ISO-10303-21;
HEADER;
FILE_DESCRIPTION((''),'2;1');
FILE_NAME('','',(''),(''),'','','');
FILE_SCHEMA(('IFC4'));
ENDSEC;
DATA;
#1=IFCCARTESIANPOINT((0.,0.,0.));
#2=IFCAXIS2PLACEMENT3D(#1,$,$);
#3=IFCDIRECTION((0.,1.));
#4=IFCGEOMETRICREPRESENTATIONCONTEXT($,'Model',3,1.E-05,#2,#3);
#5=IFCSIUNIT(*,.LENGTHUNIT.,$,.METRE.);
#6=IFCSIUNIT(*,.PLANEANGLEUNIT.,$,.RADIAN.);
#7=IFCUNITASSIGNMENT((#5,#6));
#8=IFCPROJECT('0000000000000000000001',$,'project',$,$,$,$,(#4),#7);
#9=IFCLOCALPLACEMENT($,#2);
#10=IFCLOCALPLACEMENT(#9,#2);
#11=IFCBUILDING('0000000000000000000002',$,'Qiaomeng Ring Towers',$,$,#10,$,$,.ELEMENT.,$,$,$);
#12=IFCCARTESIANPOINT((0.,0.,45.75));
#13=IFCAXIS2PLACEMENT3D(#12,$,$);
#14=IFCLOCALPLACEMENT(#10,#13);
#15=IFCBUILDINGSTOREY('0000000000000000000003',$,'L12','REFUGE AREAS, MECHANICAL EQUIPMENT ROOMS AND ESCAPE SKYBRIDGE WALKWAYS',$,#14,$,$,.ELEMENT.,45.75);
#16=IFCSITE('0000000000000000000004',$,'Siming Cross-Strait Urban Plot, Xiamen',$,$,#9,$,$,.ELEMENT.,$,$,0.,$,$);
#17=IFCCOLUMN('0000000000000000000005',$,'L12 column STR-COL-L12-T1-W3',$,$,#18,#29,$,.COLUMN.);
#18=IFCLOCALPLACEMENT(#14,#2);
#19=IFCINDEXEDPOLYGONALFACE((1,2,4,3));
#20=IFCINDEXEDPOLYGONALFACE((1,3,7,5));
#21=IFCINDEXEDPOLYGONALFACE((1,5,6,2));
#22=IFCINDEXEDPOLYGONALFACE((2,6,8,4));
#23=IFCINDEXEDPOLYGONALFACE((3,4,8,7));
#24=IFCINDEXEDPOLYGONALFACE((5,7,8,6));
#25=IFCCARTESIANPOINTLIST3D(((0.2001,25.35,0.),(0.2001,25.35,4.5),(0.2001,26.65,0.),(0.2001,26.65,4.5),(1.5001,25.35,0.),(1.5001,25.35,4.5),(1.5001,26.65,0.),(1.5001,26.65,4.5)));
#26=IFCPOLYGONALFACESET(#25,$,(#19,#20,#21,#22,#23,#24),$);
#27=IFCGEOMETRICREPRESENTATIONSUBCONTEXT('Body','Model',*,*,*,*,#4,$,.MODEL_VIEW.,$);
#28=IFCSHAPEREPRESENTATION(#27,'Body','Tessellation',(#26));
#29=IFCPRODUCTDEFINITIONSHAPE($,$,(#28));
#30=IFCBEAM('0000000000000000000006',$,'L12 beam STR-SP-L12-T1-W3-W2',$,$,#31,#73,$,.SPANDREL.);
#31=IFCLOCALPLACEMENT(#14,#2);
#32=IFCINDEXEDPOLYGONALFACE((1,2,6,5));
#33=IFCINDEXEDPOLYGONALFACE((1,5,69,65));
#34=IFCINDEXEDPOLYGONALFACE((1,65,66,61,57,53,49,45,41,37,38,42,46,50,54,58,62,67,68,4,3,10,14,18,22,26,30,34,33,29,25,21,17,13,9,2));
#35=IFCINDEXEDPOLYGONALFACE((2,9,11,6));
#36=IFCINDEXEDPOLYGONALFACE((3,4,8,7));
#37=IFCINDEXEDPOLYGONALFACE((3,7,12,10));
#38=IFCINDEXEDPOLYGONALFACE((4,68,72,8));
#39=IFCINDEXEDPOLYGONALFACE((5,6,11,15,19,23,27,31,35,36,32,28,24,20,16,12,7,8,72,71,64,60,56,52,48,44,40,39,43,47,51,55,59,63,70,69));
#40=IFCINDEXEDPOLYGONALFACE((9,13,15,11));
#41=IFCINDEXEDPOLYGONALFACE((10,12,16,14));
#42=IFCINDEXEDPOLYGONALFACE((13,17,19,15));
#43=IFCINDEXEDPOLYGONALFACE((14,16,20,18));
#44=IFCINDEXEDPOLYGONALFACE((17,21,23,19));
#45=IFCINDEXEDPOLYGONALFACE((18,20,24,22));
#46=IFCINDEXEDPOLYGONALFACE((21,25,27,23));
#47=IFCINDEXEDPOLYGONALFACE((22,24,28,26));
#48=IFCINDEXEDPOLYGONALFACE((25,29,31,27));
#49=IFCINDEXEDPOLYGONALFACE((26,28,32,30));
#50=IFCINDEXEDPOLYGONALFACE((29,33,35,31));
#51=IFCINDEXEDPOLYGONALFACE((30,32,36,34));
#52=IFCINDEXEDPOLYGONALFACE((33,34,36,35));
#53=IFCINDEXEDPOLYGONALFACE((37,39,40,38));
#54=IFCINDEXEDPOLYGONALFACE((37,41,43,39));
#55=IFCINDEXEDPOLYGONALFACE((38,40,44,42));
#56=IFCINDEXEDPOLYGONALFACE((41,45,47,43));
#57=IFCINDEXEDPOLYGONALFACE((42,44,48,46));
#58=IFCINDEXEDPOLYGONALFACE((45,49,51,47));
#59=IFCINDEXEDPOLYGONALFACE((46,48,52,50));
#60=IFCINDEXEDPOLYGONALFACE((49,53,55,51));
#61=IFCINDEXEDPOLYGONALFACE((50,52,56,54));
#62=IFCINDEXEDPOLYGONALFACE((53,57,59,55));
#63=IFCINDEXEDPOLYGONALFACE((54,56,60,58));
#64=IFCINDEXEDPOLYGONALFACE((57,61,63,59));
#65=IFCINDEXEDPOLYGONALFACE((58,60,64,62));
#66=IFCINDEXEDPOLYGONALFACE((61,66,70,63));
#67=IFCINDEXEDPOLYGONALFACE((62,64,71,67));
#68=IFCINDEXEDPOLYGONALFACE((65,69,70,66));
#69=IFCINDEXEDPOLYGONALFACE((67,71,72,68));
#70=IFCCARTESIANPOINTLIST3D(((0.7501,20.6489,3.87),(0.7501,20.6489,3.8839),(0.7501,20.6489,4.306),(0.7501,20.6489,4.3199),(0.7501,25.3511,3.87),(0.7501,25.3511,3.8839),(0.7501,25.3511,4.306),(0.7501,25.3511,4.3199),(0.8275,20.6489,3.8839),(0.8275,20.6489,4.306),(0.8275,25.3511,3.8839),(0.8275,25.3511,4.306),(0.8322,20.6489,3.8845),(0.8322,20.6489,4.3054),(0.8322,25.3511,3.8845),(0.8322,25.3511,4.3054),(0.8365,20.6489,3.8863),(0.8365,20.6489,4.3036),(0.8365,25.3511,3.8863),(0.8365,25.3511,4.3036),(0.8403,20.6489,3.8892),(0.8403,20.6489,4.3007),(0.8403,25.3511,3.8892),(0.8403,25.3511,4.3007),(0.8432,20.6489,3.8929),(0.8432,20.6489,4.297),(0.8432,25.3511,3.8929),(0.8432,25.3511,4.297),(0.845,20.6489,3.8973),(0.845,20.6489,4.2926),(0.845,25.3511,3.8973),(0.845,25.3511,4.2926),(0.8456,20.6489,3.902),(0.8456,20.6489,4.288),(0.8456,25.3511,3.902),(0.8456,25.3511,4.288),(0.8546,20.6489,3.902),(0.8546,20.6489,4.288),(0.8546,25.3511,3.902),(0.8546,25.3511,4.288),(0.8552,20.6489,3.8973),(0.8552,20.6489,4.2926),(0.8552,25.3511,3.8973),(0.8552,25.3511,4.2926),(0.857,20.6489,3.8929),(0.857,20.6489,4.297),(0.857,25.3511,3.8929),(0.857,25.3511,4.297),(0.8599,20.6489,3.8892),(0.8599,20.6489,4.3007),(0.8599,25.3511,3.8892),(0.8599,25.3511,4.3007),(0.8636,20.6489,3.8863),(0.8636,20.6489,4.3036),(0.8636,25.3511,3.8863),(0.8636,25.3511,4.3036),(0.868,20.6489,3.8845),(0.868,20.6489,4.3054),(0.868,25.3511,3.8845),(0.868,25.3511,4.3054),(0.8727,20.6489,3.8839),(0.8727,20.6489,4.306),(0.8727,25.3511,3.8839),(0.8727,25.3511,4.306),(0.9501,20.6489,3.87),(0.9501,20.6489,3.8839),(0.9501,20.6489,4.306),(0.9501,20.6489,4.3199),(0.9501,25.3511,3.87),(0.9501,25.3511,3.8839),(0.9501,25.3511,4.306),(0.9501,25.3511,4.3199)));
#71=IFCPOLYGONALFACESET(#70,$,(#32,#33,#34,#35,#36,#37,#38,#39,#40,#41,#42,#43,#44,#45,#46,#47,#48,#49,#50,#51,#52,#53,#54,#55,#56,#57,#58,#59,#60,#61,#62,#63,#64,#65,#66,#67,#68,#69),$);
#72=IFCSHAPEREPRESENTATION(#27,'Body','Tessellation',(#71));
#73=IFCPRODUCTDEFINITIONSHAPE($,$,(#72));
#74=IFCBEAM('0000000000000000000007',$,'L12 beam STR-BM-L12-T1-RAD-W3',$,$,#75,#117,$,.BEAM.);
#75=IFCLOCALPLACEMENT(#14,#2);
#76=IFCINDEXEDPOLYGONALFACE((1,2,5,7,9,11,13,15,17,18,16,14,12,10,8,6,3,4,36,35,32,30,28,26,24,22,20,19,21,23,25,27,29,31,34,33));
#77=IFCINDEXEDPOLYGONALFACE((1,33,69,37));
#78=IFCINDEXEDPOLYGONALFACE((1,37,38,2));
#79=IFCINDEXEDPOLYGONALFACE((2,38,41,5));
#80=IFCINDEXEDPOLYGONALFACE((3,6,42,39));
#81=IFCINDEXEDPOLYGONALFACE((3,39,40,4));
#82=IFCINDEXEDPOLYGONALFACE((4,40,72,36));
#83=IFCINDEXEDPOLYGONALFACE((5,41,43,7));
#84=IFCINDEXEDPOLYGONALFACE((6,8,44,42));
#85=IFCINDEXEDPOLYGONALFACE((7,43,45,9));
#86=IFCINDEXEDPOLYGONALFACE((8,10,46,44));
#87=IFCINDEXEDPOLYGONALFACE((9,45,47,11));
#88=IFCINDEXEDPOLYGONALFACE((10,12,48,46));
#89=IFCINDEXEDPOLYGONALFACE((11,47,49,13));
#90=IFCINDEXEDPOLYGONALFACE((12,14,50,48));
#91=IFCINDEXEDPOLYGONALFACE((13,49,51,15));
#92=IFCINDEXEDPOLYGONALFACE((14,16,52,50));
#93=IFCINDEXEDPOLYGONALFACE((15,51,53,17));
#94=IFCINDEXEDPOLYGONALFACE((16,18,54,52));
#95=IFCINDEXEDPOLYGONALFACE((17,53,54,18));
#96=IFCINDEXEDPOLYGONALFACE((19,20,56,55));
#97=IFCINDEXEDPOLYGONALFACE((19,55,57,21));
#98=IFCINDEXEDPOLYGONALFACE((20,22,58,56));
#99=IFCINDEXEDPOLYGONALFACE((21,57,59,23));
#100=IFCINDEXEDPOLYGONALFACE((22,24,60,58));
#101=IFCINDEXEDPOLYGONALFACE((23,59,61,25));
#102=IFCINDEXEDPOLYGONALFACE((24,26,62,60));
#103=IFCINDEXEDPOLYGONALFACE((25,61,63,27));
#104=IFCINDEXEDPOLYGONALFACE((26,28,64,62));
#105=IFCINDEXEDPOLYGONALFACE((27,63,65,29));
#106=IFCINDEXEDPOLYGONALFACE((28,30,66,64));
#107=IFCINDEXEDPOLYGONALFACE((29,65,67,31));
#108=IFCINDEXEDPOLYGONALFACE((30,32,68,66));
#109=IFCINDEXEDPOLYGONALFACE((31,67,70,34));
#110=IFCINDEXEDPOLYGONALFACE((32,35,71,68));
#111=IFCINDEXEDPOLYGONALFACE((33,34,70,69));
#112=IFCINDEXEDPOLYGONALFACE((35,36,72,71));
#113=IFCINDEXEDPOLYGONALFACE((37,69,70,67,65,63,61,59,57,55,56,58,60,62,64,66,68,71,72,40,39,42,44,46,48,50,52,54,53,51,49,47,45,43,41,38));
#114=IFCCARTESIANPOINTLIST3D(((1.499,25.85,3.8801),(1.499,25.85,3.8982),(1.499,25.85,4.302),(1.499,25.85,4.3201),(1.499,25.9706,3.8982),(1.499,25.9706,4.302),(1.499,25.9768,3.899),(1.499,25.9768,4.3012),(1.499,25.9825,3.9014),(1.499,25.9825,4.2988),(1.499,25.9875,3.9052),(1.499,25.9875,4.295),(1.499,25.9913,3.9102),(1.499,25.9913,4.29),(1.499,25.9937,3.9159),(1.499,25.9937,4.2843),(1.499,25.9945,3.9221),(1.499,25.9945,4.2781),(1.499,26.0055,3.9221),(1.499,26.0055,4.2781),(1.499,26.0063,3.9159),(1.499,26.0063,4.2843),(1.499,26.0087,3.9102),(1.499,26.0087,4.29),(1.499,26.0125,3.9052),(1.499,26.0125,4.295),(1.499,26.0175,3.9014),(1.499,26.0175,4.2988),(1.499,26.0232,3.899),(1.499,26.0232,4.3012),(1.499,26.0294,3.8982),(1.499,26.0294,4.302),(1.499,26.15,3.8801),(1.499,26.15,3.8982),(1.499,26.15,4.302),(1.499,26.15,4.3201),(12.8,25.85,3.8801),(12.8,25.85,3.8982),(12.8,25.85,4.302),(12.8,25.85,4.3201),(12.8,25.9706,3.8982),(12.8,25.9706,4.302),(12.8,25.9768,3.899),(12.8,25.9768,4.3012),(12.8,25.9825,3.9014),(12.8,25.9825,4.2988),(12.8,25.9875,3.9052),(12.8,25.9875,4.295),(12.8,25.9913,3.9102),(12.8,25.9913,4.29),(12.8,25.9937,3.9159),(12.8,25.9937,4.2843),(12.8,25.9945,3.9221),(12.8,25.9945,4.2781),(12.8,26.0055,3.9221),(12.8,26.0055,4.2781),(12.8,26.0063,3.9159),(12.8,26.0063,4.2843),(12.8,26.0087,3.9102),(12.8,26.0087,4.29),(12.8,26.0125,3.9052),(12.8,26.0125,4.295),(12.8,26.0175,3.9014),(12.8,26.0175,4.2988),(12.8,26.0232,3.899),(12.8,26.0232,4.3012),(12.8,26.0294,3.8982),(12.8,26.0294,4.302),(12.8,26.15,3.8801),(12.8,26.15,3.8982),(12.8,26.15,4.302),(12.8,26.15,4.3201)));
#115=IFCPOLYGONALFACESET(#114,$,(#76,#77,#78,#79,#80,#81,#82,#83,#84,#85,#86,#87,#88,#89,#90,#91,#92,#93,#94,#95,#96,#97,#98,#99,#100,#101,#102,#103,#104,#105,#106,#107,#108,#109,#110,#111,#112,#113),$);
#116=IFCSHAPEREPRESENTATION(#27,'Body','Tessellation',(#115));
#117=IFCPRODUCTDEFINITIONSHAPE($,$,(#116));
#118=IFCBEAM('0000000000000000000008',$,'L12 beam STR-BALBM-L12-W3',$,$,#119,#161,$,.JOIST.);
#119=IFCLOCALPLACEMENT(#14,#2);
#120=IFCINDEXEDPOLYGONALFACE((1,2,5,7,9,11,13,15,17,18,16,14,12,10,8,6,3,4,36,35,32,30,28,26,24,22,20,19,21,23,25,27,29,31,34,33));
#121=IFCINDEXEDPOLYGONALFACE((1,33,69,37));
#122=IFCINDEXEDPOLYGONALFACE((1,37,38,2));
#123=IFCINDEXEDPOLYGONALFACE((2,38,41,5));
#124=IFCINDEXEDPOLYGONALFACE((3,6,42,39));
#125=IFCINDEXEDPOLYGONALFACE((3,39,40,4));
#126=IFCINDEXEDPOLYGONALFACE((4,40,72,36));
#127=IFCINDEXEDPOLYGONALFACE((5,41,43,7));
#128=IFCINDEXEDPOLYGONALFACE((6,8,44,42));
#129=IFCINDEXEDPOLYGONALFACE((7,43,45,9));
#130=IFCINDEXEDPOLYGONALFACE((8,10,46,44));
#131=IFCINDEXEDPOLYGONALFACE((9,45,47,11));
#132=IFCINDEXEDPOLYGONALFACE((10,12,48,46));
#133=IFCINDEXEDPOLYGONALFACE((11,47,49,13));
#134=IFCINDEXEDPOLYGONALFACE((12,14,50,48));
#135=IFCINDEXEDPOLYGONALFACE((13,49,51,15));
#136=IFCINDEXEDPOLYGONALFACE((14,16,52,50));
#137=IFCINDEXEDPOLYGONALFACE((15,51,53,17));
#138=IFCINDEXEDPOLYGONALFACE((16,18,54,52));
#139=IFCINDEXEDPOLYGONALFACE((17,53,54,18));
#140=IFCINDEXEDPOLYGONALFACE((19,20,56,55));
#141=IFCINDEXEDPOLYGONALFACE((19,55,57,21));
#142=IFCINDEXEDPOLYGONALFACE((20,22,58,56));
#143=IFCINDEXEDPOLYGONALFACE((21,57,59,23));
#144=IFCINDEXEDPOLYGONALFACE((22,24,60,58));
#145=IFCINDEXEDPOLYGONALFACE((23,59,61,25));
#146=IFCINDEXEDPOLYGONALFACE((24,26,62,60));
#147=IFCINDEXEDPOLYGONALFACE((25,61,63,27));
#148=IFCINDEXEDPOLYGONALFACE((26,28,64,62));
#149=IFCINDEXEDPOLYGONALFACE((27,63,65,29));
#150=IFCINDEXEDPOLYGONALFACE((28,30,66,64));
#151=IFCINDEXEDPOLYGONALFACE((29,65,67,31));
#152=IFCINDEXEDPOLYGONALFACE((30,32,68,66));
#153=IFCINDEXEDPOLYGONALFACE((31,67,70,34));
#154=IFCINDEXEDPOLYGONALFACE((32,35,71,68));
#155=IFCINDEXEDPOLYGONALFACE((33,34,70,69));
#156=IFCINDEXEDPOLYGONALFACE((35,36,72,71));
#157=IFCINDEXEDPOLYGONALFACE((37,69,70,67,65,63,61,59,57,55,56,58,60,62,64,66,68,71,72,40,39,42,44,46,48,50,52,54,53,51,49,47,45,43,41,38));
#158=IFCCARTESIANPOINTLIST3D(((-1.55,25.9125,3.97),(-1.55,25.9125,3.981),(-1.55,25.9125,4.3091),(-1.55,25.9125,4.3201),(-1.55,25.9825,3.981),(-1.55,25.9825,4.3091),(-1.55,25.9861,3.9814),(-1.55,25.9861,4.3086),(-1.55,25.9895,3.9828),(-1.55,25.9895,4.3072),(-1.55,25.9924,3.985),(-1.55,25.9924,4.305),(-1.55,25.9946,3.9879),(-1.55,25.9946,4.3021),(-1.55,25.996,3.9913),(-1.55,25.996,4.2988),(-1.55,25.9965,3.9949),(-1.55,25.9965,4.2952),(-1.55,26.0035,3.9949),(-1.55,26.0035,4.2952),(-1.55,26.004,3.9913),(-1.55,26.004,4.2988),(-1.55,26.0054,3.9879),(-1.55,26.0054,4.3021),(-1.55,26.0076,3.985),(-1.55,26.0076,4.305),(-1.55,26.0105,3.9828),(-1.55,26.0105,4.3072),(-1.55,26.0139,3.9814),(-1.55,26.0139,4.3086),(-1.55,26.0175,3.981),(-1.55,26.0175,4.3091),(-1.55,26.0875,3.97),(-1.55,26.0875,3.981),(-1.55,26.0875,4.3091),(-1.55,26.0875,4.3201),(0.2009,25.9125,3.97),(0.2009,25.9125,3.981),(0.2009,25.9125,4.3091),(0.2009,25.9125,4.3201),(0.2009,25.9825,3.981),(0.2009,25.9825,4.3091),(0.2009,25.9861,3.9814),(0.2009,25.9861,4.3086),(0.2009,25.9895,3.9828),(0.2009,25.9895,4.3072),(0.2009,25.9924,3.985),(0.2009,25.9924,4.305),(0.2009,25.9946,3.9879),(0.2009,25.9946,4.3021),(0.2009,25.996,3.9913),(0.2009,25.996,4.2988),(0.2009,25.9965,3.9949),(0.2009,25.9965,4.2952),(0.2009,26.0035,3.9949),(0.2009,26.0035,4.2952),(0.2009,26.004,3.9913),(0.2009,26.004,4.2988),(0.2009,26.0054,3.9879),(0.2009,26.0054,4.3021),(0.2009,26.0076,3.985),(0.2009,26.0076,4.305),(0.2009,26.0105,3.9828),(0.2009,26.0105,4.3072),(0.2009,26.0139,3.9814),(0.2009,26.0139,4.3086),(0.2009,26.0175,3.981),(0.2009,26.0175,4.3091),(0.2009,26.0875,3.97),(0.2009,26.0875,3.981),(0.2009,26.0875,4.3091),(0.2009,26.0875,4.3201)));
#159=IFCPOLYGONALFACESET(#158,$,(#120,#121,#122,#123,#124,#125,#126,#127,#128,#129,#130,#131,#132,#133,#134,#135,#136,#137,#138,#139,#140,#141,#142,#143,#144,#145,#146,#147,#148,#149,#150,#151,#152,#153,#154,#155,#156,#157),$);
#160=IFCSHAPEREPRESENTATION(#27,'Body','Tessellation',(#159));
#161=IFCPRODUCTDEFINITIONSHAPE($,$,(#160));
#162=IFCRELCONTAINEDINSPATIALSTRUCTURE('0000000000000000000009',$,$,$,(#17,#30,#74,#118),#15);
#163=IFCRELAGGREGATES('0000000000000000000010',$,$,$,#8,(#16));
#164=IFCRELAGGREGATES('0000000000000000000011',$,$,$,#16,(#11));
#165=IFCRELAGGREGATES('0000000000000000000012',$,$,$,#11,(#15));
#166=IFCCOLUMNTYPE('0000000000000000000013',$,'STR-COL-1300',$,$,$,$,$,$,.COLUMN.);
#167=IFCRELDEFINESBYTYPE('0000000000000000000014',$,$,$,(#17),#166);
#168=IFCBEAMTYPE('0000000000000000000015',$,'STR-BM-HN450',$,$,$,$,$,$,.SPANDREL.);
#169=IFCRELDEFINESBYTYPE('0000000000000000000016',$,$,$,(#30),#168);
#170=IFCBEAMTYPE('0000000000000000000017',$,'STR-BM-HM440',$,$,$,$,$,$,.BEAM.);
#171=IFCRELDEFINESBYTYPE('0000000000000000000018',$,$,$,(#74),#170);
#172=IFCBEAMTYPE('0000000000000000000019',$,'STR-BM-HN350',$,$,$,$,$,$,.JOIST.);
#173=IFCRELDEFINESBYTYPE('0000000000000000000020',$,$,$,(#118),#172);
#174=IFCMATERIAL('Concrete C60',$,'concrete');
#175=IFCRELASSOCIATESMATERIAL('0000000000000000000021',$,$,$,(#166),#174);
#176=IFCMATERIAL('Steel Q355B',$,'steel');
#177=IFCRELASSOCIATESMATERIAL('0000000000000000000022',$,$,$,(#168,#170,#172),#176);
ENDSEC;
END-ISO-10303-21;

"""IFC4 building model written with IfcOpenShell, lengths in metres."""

from ifc_helpers import new_model, si_unit, direction, frame, origin, origin_2d, place, context, subcontext, project, spatial, rectangle, i_section, extrude, source, transform, mapped, material, material_profile, profile_set, type_object, element, save


model = new_model("IFC4")

# Units and contexts
model_context = context("Model", 3, precision=1e-05, world=origin(), true_north=direction((0.0, 1.0)))
body_context = subcontext(model_context, "Body", "Model", "MODEL_VIEW")
ifc_project = project(units=[si_unit("LENGTHUNIT", "METRE"), si_unit("PLANEANGLEUNIT", "RADIAN")], contexts=[model_context])

# Site, building, storey
site_placement = place(None, origin())
site = spatial("IfcSite", under=ifc_project, at=site_placement, Name="Siming Cross-Strait Urban Plot, Xiamen", CompositionType="ELEMENT", RefElevation=0.0)
building_placement = place(site_placement, origin())
building = spatial("IfcBuilding", under=site, at=building_placement, Name="Qiaomeng Ring Towers", CompositionType="ELEMENT")
storey_placement = place(building_placement, frame((0.0, 0.0, 45.75)))
storey = spatial("IfcBuildingStorey", under=building, at=storey_placement, Name="L12", Description="REFUGE AREAS, MECHANICAL EQUIPMENT ROOMS AND ESCAPE SKYBRIDGE WALKWAYS", CompositionType="ELEMENT", Elevation=45.75)

# Column
ifc_material_1 = material(Name="Concrete C60", Category="concrete")
ifc_material_profile_1 = material_profile(ifc_material_1, rectangle(XDim=1.3, YDim=1.3, at=origin_2d()), Name="RC COL 1300x1300")
ifc_profile_set_1 = profile_set([ifc_material_profile_1], Name="Concrete C60")
column_type = type_object("IfcColumnType", Name="STR-COL-1300", PredefinedType="COLUMN", material=ifc_profile_set_1)
shared_shape_1 = source(origin(), body_context, "Body", "SweptSolid", [
    extrude(rectangle(XDim=1.3, YDim=1.3, at=origin_2d()), origin(), (0.0, 0.0, 1.0), 4.5),
])
column_placement = place(storey_placement, frame((0.8501, 26.0, 0.0), z_axis=(0.0, 0.0, 1.0), x_axis=(1.0, 0.0, 0.0)))
element("IfcColumn", 1, at=column_placement, inside=storey, type_object=column_type, Name="L12 column STR-COL-L12-T1-W3", PredefinedType="COLUMN", context=body_context, shape_type="MappedRepresentation", body=[
    mapped(shared_shape_1, transform((0.0, 0.0, 0.0), x_axis=(1.0, 0.0, 0.0), y_axis=(0.0, 1.0, 0.0), z_axis=(0.0, 0.0, 1.0), scale=1.0)),
])

# Beams
ifc_material_2 = material(Name="Steel Q355B", Category="steel")
ifc_material_profile_2 = material_profile(ifc_material_2, i_section(OverallWidth=0.2, OverallDepth=0.45, WebThickness=0.009, FlangeThickness=0.0139, FilletRadius=0.0181, at=origin_2d()), Name="HN 450x200x9x14")
ifc_profile_set_2 = profile_set([ifc_material_profile_2], Name="Steel Q355B")
beam_type_1 = type_object("IfcBeamType", Name="STR-BM-HN450", PredefinedType="SPANDREL", material=ifc_profile_set_2)
shared_shape_2 = source(origin(), body_context, "Body", "SweptSolid", [
    extrude(i_section(OverallWidth=0.2, OverallDepth=0.45, WebThickness=0.009, FlangeThickness=0.0139, FilletRadius=0.0181, at=origin_2d()), origin(), (0.0, 0.0, 1.0), 4.7021),
])
beam_1_placement = place(storey_placement, frame((0.8501, 25.3511, 4.095), z_axis=(0.0, -1.0, 0.0), x_axis=(1.0, 0.0, 0.0)))
element("IfcBeam", 2, at=beam_1_placement, inside=storey, type_object=beam_type_1, Name="L12 beam STR-SP-L12-T1-W3-W2", PredefinedType="SPANDREL", context=body_context, shape_type="MappedRepresentation", body=[
    mapped(shared_shape_2, transform((0.0, 0.0, 0.0), x_axis=(1.0, 0.0, 0.0), y_axis=(0.0, 1.0, 0.0), z_axis=(0.0, 0.0, 1.0), scale=1.0)),
])
ifc_material_profile_3 = material_profile(ifc_material_2, i_section(OverallWidth=0.3, OverallDepth=0.4399, WebThickness=0.011, FlangeThickness=0.0181, FilletRadius=0.0239, at=origin_2d()), Name="HM 440x300x11x18")
ifc_profile_set_3 = profile_set([ifc_material_profile_3], Name="Steel Q355B")
beam_type_2 = type_object("IfcBeamType", Name="STR-BM-HM440", PredefinedType="BEAM", material=ifc_profile_set_3)
shared_shape_3 = source(origin(), body_context, "Body", "SweptSolid", [
    extrude(i_section(OverallWidth=0.3, OverallDepth=0.4399, WebThickness=0.011, FlangeThickness=0.0181, FilletRadius=0.0239, at=origin_2d()), origin(), (0.0, 0.0, 1.0), 11.301),
])
beam_2_placement = place(storey_placement, frame((1.499, 26.0, 4.1001), z_axis=(1.0, 0.0, 0.0), x_axis=(0.0, 1.0, 0.0)))
element("IfcBeam", 3, at=beam_2_placement, inside=storey, type_object=beam_type_2, Name="L12 beam STR-BM-L12-T1-RAD-W3", PredefinedType="BEAM", context=body_context, shape_type="MappedRepresentation", body=[
    mapped(shared_shape_3, transform((0.0, 0.0, 0.0), x_axis=(1.0, 0.0, 0.0), y_axis=(0.0, 1.0, 0.0), z_axis=(0.0, 0.0, 1.0), scale=1.0)),
])
ifc_material_profile_4 = material_profile(ifc_material_2, i_section(OverallWidth=0.175, OverallDepth=0.3501, WebThickness=0.0071, FlangeThickness=0.011, FilletRadius=0.0139, at=origin_2d()), Name="HN 350x175x7x11")
ifc_profile_set_4 = profile_set([ifc_material_profile_4], Name="Steel Q355B")
beam_type_3 = type_object("IfcBeamType", Name="STR-BM-HN350", PredefinedType="JOIST", material=ifc_profile_set_4)
shared_shape_4 = source(origin(), body_context, "Body", "SweptSolid", [
    extrude(i_section(OverallWidth=0.175, OverallDepth=0.3501, WebThickness=0.0071, FlangeThickness=0.011, FilletRadius=0.0139, at=origin_2d()), origin(), (0.0, 0.0, 1.0), 1.751),
])
beam_3_placement = place(storey_placement, frame((-1.55, 26.0, 4.145), z_axis=(1.0, 0.0, 0.0), x_axis=(0.0, 1.0, 0.0)))
element("IfcBeam", 4, at=beam_3_placement, inside=storey, type_object=beam_type_3, Name="L12 beam STR-BALBM-L12-W3", PredefinedType="JOIST", context=body_context, shape_type="MappedRepresentation", body=[
    mapped(shared_shape_4, transform((0.0, 0.0, 0.0), x_axis=(1.0, 0.0, 0.0), y_axis=(0.0, 1.0, 0.0), z_axis=(0.0, 0.0, 1.0), scale=1.0)),
])

save(model, "model.ifc")
